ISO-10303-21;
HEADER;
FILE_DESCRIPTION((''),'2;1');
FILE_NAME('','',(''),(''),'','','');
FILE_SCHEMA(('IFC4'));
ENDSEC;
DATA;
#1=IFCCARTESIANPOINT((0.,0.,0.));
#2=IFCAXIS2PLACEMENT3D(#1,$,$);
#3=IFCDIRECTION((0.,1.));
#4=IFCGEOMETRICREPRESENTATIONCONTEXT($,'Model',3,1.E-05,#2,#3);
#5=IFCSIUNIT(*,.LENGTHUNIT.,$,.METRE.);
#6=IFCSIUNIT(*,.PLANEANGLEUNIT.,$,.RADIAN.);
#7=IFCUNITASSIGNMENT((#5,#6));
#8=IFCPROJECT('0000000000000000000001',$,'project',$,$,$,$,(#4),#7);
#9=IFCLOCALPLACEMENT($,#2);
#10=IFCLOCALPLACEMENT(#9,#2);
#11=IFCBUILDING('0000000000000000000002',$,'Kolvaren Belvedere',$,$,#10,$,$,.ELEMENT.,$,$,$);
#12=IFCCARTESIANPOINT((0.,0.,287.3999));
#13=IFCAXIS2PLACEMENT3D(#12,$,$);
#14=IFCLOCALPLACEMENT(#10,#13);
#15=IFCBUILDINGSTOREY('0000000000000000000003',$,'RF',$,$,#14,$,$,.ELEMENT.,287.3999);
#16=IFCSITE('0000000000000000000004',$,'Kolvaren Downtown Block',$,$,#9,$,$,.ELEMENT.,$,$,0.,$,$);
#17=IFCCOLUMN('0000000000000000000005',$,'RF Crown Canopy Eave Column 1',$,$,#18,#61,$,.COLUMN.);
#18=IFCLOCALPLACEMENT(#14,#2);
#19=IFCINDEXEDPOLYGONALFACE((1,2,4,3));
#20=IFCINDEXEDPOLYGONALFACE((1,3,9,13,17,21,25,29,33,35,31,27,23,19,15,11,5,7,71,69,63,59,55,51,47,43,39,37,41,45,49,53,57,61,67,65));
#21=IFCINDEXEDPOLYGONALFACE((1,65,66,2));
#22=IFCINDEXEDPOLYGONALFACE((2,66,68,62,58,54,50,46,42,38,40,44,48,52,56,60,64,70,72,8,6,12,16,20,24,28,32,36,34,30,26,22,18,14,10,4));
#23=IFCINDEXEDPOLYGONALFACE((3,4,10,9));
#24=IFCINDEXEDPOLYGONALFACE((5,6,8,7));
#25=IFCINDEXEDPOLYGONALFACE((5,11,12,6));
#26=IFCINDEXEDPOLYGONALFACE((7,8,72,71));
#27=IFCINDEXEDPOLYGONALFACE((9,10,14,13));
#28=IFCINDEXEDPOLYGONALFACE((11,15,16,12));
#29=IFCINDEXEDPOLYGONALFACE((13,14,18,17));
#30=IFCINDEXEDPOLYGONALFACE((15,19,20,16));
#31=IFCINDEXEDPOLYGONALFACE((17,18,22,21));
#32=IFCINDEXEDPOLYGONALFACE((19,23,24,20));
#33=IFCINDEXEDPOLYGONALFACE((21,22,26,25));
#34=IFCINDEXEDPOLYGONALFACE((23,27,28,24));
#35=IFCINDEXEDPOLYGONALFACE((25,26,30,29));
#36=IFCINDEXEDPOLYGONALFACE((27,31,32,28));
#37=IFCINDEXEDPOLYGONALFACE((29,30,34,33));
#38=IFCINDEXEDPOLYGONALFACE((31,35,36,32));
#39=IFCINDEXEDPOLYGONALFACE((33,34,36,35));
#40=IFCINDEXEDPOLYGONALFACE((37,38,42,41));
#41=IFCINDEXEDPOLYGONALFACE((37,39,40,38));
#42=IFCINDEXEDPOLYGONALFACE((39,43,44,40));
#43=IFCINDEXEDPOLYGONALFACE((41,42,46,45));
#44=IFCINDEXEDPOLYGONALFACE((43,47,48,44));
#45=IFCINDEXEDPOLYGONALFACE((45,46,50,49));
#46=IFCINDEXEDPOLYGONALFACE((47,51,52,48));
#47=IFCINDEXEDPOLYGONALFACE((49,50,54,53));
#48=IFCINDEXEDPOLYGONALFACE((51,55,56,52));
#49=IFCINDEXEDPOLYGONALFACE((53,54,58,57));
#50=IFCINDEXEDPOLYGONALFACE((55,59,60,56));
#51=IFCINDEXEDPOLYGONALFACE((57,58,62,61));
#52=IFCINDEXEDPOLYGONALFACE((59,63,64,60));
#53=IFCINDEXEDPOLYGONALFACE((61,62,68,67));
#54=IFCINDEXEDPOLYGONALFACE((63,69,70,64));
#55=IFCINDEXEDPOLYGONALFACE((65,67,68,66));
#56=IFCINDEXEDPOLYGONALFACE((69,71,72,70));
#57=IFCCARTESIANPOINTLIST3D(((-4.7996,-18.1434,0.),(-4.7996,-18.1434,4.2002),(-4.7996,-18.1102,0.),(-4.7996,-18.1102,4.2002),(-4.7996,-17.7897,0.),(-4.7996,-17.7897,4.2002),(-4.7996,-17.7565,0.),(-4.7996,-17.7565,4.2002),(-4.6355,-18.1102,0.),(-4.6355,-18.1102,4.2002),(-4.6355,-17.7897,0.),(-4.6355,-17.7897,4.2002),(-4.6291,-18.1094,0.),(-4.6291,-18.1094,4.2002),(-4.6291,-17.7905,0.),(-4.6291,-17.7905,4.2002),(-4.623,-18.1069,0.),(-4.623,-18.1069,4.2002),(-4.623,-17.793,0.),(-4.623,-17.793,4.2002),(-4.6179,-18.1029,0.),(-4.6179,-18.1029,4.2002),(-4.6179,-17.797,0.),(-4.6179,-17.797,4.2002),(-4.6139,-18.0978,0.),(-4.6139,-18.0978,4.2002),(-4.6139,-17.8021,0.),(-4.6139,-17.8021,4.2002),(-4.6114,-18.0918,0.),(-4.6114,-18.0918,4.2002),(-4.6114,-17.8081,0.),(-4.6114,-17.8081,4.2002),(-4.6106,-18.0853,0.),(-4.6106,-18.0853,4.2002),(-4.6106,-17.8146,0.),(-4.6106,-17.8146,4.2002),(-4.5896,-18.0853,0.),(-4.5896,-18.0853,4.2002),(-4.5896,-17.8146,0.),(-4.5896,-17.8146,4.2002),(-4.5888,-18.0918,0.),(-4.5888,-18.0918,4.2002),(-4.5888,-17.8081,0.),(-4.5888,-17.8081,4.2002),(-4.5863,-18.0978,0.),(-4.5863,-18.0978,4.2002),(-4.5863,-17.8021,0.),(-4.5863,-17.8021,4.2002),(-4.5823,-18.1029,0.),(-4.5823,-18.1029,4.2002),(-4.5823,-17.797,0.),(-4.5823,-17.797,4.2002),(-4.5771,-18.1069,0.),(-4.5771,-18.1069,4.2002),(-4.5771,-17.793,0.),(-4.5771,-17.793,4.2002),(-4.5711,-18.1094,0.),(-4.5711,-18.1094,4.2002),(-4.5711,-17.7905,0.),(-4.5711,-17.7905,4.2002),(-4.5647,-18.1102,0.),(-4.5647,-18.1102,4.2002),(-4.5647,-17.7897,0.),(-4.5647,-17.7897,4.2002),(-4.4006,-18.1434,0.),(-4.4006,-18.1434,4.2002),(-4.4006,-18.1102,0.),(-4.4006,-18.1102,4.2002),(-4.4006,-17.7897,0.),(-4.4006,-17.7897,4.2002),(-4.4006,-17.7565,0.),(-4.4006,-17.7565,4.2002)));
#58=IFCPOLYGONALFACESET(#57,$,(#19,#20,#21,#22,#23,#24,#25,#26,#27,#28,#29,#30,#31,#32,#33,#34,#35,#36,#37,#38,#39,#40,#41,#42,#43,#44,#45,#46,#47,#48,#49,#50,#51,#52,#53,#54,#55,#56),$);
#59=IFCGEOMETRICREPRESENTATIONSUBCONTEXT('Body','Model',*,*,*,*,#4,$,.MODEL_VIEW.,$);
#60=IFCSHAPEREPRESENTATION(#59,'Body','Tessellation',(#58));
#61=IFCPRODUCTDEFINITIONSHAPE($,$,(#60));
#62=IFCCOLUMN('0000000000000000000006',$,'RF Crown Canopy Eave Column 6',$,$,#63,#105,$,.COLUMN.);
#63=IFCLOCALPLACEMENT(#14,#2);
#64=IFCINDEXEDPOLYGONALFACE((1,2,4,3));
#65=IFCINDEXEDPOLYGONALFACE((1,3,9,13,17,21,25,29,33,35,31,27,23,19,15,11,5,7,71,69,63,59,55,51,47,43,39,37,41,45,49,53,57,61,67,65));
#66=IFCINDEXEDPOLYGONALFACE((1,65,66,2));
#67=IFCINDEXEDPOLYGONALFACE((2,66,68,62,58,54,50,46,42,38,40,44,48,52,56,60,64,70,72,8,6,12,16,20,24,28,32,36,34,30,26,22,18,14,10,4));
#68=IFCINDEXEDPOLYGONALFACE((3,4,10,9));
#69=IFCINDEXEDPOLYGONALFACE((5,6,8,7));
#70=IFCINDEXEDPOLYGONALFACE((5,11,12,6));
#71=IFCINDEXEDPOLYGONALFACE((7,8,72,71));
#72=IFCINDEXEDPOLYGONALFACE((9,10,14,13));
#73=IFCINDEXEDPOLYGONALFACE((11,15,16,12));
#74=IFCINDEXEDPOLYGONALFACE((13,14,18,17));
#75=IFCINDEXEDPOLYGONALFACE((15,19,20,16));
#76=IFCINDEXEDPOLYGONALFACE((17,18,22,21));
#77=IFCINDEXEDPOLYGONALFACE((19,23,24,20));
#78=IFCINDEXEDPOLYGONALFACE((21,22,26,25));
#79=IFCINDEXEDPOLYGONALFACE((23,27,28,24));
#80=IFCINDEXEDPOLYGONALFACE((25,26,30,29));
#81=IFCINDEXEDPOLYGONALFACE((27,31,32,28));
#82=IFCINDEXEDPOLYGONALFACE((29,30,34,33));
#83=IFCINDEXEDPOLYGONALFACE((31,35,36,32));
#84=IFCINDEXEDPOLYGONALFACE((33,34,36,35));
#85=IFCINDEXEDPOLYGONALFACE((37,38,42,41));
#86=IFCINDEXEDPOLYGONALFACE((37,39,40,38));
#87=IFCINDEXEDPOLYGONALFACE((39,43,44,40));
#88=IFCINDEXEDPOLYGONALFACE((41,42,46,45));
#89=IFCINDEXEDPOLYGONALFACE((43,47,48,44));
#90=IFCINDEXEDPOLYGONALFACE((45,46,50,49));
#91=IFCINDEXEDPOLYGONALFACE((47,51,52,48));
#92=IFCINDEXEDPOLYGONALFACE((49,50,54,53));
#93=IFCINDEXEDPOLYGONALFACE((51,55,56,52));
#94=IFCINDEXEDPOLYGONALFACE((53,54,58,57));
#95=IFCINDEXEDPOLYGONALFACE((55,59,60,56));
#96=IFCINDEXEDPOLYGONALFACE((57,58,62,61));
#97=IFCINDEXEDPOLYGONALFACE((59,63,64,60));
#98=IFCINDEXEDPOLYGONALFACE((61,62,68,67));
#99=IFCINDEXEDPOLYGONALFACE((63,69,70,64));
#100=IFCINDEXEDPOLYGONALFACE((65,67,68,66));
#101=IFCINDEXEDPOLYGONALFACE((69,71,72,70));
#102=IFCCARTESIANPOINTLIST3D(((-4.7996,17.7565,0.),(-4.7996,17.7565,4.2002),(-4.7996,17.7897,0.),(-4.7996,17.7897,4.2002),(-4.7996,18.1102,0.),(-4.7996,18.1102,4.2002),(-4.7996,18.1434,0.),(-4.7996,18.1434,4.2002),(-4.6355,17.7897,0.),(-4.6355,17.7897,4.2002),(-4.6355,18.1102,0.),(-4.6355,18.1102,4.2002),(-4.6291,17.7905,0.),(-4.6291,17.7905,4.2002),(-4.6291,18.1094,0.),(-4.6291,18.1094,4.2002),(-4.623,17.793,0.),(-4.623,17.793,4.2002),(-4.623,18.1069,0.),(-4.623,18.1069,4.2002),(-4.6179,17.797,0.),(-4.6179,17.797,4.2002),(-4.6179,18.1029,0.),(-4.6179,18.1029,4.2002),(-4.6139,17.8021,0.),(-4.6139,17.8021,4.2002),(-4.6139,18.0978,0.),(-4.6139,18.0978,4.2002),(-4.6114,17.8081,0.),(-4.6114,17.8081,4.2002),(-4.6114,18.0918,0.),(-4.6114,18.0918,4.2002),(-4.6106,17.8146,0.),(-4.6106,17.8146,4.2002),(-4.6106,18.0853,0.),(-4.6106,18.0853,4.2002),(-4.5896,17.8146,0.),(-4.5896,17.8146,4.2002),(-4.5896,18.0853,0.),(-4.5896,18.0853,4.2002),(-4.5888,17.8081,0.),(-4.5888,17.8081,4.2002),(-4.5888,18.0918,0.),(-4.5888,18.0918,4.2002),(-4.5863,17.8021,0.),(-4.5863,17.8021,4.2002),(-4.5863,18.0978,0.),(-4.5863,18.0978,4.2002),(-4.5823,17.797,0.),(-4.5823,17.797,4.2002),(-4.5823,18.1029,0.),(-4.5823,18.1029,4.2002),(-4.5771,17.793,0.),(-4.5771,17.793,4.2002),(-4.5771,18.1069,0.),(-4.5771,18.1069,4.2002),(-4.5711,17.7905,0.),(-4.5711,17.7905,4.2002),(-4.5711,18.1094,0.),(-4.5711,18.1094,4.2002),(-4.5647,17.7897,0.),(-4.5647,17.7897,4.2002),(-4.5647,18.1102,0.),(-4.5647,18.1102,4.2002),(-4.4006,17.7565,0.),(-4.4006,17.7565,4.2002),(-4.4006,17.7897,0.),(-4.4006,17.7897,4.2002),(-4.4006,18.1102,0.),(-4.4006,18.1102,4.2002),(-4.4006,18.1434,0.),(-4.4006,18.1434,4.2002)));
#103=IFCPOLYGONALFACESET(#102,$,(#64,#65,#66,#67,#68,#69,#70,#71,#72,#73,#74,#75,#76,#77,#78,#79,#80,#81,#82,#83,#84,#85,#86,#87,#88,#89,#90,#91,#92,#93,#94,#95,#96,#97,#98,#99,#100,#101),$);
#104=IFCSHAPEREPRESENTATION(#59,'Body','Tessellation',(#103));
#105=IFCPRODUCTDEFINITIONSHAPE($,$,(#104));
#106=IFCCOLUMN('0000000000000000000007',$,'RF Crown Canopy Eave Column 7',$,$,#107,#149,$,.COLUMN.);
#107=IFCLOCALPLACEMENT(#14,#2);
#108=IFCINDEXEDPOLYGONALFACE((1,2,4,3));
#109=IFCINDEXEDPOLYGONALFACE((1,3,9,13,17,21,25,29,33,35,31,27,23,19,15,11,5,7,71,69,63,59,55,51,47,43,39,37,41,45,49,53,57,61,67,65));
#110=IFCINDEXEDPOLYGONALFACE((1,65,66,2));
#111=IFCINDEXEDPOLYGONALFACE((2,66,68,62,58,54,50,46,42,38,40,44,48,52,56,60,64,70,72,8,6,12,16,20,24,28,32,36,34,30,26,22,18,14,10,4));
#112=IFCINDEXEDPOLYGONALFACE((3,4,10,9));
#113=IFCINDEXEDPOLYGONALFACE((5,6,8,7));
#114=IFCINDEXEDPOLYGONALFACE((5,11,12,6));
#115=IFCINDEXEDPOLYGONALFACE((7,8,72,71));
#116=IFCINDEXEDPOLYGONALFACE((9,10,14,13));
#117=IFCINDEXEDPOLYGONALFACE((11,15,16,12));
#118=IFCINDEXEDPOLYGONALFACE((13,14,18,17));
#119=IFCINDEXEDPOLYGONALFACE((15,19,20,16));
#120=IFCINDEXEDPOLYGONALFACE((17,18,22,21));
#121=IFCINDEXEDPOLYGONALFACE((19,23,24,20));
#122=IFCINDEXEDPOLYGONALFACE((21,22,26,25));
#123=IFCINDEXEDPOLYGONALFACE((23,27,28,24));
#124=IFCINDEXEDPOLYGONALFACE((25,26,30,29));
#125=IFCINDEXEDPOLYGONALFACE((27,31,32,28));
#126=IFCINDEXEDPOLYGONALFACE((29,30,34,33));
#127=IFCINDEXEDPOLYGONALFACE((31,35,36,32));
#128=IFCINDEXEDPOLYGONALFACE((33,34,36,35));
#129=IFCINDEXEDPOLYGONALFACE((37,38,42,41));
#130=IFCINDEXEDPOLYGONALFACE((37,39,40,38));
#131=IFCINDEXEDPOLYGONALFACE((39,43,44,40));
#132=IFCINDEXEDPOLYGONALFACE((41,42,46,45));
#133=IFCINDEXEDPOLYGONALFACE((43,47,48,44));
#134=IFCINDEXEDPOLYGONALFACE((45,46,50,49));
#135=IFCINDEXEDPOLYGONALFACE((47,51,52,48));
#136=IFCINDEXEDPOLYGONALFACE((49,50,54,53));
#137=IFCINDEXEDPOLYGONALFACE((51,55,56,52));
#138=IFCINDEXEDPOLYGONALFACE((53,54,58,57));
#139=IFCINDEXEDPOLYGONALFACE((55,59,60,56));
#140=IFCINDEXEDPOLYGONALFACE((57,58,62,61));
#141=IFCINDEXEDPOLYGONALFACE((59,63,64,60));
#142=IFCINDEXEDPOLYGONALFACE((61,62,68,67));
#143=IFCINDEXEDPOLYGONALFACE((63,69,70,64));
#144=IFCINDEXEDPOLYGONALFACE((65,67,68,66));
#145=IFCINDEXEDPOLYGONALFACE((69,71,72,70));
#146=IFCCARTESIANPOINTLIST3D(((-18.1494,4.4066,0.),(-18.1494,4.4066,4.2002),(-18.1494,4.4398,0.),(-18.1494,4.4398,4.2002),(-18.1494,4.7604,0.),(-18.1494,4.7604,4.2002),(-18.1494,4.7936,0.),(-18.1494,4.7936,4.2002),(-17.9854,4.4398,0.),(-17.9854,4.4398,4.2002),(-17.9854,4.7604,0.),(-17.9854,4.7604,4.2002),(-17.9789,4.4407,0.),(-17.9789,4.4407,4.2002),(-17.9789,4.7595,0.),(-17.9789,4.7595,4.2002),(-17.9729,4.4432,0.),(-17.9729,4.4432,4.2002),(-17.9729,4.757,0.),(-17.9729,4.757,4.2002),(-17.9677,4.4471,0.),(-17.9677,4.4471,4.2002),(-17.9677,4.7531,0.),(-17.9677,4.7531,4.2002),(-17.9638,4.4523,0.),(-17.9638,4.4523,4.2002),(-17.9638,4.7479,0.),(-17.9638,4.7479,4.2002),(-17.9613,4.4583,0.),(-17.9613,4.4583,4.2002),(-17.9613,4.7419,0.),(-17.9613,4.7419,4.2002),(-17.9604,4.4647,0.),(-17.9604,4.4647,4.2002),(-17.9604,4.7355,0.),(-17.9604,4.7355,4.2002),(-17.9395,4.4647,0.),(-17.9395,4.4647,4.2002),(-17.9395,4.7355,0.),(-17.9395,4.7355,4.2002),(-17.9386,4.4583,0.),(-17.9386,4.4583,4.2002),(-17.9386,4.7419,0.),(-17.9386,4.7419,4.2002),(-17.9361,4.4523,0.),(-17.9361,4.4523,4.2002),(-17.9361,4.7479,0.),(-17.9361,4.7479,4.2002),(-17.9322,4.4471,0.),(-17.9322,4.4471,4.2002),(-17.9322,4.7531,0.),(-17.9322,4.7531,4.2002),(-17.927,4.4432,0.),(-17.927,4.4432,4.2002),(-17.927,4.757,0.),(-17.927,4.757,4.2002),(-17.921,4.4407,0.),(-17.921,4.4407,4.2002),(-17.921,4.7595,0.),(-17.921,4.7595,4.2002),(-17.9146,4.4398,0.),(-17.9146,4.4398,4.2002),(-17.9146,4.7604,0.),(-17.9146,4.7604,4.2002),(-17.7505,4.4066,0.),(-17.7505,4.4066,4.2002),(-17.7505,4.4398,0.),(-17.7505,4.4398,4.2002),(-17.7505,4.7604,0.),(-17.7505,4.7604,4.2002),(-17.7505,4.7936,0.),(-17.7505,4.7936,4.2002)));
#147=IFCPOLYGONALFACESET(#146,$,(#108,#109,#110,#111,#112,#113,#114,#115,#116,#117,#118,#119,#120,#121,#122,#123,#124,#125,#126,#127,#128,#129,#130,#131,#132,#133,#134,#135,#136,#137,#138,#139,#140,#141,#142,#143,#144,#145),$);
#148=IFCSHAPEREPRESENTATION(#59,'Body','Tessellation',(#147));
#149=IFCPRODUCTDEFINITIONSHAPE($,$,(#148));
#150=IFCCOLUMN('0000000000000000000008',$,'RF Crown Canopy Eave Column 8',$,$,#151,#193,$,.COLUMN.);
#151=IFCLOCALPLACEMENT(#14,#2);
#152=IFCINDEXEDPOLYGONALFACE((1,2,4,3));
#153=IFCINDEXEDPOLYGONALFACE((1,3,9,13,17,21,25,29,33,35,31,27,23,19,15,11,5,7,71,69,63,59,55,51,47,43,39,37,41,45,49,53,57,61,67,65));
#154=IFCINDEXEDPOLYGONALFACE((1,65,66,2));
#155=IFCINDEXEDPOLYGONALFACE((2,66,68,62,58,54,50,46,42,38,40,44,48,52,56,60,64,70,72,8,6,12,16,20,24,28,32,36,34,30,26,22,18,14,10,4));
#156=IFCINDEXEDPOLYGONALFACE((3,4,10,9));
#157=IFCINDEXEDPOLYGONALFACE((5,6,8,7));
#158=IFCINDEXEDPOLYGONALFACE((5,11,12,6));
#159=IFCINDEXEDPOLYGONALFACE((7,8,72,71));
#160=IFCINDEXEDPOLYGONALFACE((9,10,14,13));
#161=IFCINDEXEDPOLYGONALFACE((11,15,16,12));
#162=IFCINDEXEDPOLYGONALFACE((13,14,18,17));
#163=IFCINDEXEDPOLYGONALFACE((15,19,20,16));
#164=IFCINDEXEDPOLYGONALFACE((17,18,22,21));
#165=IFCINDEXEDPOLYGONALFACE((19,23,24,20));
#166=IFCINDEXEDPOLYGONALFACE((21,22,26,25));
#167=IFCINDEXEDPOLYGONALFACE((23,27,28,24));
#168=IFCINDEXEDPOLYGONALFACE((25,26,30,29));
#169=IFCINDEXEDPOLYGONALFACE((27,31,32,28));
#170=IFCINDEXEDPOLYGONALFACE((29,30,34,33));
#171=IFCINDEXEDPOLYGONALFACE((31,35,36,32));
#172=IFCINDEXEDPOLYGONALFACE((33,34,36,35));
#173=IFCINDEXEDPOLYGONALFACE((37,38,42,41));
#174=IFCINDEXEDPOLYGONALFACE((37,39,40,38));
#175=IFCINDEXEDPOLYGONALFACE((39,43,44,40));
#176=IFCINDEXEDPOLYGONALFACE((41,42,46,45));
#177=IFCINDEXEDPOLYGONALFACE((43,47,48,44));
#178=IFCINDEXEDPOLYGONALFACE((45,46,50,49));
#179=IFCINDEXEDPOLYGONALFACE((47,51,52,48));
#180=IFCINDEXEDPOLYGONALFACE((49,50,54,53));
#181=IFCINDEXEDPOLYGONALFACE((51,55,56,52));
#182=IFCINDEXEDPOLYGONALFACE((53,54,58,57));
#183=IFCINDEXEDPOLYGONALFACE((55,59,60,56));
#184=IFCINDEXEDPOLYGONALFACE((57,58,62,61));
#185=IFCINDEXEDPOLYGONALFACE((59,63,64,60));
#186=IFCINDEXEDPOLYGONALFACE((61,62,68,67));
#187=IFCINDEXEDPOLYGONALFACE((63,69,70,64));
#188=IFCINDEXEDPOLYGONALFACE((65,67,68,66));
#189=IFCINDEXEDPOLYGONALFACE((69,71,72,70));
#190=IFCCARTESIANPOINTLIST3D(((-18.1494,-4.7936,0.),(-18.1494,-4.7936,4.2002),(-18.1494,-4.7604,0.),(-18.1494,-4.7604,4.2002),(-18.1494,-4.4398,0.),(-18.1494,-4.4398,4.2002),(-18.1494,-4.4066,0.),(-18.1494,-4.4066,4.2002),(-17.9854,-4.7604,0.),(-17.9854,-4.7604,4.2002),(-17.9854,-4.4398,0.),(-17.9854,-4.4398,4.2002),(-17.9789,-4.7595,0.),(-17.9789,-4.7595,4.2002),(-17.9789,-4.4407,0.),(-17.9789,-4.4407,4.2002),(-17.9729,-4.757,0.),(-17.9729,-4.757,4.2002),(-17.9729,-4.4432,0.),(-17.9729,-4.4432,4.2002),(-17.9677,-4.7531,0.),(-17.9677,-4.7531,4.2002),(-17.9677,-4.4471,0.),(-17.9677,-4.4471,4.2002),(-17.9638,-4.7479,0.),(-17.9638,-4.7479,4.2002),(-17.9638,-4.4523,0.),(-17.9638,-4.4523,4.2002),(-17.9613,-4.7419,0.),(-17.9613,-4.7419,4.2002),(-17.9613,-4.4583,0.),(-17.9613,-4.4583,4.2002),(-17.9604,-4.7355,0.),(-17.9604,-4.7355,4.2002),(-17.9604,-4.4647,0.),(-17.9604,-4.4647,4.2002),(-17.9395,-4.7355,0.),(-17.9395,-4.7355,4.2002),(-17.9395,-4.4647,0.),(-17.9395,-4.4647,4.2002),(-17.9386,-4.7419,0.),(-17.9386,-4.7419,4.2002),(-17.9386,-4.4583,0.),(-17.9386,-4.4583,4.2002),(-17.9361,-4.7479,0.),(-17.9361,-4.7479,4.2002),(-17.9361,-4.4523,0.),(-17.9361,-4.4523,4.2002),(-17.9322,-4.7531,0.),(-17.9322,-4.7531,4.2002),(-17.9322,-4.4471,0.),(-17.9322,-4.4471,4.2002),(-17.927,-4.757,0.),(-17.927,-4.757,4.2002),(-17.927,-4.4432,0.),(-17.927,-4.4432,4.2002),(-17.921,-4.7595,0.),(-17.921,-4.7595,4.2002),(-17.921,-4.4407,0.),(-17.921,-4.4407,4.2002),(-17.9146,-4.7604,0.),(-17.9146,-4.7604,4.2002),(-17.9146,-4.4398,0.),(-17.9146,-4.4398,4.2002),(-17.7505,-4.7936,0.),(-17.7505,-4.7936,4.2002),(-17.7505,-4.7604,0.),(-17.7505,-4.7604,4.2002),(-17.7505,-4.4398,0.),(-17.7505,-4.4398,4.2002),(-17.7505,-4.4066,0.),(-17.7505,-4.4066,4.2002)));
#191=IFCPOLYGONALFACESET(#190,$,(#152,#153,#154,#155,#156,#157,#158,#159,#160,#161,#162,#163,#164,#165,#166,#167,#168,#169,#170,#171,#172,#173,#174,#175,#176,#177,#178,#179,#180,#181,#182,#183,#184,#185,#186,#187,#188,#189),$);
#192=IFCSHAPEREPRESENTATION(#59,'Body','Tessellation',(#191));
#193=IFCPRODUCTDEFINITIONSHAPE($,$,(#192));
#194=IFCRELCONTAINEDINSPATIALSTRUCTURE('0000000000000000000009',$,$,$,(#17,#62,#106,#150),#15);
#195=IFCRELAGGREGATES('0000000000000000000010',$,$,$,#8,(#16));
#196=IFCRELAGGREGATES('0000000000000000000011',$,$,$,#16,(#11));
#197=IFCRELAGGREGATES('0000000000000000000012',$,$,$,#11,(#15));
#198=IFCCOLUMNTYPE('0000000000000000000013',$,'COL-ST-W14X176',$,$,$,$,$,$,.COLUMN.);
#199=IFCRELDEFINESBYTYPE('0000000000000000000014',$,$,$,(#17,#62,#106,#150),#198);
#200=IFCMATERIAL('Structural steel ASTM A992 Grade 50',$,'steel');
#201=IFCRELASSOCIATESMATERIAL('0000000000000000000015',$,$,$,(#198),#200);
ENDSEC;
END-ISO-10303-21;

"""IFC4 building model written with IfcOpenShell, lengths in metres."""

from ifc_helpers import new_model, si_unit, direction, frame, origin, origin_2d, place, context, subcontext, project, spatial, i_section, extrude, material, material_profile, profile_set, type_object, element, save


model = new_model("IFC4")

# Units and contexts
model_context = context("Model", 3, precision=1e-05, world=origin(), true_north=direction((0.0, 1.0)))
body_context = subcontext(model_context, "Body", "Model", "MODEL_VIEW")
ifc_project = project(units=[si_unit("LENGTHUNIT", "METRE"), si_unit("PLANEANGLEUNIT", "RADIAN")], contexts=[model_context])

# Site, building, storey
site_placement = place(None, origin())
site = spatial("IfcSite", under=ifc_project, at=site_placement, Name="Kolvaren Downtown Block", CompositionType="ELEMENT", RefElevation=0.0)
building_placement = place(site_placement, origin())
building = spatial("IfcBuilding", under=site, at=building_placement, Name="Kolvaren Belvedere", CompositionType="ELEMENT")
storey_placement = place(building_placement, frame((0.0, 0.0, 287.3999)))
storey = spatial("IfcBuildingStorey", under=building, at=storey_placement, Name="RF", CompositionType="ELEMENT", Elevation=287.3999)

# Columns
ifc_material_1 = material(Name="Structural steel ASTM A992 Grade 50", Category="steel")
ifc_material_profile_1 = material_profile(ifc_material_1, i_section(OverallWidth=0.3989, OverallDepth=0.387, WebThickness=0.021, FlangeThickness=0.0332, FilletRadius=0.0249, at=origin_2d()), Name="W14X176")
ifc_profile_set_1 = profile_set([ifc_material_profile_1], Name="Structural steel ASTM A992 Grade 50")
column_type_1 = type_object("IfcColumnType", Name="COL-ST-W14X176", PredefinedType="COLUMN", material=ifc_profile_set_1)
for number, where, z_axis, x_axis, name in (
    (1, (-4.6001, -17.95, 0.0), (0.0, 0.0, 1.0), (1.0, 0.0, 0.0), "RF Crown Canopy Eave Column 1"),
    (2, (-4.6001, 17.95, 0.0), (0.0, 0.0, 1.0), (1.0, 0.0, 0.0), "RF Crown Canopy Eave Column 6"),
    (3, (-17.95, 4.6001, 0.0), (0.0, 0.0, 1.0), (1.0, 0.0, 0.0), "RF Crown Canopy Eave Column 7"),
    (4, (-17.95, -4.6001, 0.0), (0.0, 0.0, 1.0), (1.0, 0.0, 0.0), "RF Crown Canopy Eave Column 8"),
):
    element("IfcColumn", number, at=place(storey_placement, frame(where, z_axis=z_axis, x_axis=x_axis)), inside=storey, type_object=column_type_1, Name=name, PredefinedType="COLUMN", context=body_context, shape_type="SweptSolid", body=[
        extrude(i_section(OverallWidth=0.3989, OverallDepth=0.387, WebThickness=0.021, FlangeThickness=0.0332, FilletRadius=0.0249, at=origin_2d()), origin(), (0.0, 0.0, 1.0), 4.2002),
    ])

save(model, "model.ifc")
